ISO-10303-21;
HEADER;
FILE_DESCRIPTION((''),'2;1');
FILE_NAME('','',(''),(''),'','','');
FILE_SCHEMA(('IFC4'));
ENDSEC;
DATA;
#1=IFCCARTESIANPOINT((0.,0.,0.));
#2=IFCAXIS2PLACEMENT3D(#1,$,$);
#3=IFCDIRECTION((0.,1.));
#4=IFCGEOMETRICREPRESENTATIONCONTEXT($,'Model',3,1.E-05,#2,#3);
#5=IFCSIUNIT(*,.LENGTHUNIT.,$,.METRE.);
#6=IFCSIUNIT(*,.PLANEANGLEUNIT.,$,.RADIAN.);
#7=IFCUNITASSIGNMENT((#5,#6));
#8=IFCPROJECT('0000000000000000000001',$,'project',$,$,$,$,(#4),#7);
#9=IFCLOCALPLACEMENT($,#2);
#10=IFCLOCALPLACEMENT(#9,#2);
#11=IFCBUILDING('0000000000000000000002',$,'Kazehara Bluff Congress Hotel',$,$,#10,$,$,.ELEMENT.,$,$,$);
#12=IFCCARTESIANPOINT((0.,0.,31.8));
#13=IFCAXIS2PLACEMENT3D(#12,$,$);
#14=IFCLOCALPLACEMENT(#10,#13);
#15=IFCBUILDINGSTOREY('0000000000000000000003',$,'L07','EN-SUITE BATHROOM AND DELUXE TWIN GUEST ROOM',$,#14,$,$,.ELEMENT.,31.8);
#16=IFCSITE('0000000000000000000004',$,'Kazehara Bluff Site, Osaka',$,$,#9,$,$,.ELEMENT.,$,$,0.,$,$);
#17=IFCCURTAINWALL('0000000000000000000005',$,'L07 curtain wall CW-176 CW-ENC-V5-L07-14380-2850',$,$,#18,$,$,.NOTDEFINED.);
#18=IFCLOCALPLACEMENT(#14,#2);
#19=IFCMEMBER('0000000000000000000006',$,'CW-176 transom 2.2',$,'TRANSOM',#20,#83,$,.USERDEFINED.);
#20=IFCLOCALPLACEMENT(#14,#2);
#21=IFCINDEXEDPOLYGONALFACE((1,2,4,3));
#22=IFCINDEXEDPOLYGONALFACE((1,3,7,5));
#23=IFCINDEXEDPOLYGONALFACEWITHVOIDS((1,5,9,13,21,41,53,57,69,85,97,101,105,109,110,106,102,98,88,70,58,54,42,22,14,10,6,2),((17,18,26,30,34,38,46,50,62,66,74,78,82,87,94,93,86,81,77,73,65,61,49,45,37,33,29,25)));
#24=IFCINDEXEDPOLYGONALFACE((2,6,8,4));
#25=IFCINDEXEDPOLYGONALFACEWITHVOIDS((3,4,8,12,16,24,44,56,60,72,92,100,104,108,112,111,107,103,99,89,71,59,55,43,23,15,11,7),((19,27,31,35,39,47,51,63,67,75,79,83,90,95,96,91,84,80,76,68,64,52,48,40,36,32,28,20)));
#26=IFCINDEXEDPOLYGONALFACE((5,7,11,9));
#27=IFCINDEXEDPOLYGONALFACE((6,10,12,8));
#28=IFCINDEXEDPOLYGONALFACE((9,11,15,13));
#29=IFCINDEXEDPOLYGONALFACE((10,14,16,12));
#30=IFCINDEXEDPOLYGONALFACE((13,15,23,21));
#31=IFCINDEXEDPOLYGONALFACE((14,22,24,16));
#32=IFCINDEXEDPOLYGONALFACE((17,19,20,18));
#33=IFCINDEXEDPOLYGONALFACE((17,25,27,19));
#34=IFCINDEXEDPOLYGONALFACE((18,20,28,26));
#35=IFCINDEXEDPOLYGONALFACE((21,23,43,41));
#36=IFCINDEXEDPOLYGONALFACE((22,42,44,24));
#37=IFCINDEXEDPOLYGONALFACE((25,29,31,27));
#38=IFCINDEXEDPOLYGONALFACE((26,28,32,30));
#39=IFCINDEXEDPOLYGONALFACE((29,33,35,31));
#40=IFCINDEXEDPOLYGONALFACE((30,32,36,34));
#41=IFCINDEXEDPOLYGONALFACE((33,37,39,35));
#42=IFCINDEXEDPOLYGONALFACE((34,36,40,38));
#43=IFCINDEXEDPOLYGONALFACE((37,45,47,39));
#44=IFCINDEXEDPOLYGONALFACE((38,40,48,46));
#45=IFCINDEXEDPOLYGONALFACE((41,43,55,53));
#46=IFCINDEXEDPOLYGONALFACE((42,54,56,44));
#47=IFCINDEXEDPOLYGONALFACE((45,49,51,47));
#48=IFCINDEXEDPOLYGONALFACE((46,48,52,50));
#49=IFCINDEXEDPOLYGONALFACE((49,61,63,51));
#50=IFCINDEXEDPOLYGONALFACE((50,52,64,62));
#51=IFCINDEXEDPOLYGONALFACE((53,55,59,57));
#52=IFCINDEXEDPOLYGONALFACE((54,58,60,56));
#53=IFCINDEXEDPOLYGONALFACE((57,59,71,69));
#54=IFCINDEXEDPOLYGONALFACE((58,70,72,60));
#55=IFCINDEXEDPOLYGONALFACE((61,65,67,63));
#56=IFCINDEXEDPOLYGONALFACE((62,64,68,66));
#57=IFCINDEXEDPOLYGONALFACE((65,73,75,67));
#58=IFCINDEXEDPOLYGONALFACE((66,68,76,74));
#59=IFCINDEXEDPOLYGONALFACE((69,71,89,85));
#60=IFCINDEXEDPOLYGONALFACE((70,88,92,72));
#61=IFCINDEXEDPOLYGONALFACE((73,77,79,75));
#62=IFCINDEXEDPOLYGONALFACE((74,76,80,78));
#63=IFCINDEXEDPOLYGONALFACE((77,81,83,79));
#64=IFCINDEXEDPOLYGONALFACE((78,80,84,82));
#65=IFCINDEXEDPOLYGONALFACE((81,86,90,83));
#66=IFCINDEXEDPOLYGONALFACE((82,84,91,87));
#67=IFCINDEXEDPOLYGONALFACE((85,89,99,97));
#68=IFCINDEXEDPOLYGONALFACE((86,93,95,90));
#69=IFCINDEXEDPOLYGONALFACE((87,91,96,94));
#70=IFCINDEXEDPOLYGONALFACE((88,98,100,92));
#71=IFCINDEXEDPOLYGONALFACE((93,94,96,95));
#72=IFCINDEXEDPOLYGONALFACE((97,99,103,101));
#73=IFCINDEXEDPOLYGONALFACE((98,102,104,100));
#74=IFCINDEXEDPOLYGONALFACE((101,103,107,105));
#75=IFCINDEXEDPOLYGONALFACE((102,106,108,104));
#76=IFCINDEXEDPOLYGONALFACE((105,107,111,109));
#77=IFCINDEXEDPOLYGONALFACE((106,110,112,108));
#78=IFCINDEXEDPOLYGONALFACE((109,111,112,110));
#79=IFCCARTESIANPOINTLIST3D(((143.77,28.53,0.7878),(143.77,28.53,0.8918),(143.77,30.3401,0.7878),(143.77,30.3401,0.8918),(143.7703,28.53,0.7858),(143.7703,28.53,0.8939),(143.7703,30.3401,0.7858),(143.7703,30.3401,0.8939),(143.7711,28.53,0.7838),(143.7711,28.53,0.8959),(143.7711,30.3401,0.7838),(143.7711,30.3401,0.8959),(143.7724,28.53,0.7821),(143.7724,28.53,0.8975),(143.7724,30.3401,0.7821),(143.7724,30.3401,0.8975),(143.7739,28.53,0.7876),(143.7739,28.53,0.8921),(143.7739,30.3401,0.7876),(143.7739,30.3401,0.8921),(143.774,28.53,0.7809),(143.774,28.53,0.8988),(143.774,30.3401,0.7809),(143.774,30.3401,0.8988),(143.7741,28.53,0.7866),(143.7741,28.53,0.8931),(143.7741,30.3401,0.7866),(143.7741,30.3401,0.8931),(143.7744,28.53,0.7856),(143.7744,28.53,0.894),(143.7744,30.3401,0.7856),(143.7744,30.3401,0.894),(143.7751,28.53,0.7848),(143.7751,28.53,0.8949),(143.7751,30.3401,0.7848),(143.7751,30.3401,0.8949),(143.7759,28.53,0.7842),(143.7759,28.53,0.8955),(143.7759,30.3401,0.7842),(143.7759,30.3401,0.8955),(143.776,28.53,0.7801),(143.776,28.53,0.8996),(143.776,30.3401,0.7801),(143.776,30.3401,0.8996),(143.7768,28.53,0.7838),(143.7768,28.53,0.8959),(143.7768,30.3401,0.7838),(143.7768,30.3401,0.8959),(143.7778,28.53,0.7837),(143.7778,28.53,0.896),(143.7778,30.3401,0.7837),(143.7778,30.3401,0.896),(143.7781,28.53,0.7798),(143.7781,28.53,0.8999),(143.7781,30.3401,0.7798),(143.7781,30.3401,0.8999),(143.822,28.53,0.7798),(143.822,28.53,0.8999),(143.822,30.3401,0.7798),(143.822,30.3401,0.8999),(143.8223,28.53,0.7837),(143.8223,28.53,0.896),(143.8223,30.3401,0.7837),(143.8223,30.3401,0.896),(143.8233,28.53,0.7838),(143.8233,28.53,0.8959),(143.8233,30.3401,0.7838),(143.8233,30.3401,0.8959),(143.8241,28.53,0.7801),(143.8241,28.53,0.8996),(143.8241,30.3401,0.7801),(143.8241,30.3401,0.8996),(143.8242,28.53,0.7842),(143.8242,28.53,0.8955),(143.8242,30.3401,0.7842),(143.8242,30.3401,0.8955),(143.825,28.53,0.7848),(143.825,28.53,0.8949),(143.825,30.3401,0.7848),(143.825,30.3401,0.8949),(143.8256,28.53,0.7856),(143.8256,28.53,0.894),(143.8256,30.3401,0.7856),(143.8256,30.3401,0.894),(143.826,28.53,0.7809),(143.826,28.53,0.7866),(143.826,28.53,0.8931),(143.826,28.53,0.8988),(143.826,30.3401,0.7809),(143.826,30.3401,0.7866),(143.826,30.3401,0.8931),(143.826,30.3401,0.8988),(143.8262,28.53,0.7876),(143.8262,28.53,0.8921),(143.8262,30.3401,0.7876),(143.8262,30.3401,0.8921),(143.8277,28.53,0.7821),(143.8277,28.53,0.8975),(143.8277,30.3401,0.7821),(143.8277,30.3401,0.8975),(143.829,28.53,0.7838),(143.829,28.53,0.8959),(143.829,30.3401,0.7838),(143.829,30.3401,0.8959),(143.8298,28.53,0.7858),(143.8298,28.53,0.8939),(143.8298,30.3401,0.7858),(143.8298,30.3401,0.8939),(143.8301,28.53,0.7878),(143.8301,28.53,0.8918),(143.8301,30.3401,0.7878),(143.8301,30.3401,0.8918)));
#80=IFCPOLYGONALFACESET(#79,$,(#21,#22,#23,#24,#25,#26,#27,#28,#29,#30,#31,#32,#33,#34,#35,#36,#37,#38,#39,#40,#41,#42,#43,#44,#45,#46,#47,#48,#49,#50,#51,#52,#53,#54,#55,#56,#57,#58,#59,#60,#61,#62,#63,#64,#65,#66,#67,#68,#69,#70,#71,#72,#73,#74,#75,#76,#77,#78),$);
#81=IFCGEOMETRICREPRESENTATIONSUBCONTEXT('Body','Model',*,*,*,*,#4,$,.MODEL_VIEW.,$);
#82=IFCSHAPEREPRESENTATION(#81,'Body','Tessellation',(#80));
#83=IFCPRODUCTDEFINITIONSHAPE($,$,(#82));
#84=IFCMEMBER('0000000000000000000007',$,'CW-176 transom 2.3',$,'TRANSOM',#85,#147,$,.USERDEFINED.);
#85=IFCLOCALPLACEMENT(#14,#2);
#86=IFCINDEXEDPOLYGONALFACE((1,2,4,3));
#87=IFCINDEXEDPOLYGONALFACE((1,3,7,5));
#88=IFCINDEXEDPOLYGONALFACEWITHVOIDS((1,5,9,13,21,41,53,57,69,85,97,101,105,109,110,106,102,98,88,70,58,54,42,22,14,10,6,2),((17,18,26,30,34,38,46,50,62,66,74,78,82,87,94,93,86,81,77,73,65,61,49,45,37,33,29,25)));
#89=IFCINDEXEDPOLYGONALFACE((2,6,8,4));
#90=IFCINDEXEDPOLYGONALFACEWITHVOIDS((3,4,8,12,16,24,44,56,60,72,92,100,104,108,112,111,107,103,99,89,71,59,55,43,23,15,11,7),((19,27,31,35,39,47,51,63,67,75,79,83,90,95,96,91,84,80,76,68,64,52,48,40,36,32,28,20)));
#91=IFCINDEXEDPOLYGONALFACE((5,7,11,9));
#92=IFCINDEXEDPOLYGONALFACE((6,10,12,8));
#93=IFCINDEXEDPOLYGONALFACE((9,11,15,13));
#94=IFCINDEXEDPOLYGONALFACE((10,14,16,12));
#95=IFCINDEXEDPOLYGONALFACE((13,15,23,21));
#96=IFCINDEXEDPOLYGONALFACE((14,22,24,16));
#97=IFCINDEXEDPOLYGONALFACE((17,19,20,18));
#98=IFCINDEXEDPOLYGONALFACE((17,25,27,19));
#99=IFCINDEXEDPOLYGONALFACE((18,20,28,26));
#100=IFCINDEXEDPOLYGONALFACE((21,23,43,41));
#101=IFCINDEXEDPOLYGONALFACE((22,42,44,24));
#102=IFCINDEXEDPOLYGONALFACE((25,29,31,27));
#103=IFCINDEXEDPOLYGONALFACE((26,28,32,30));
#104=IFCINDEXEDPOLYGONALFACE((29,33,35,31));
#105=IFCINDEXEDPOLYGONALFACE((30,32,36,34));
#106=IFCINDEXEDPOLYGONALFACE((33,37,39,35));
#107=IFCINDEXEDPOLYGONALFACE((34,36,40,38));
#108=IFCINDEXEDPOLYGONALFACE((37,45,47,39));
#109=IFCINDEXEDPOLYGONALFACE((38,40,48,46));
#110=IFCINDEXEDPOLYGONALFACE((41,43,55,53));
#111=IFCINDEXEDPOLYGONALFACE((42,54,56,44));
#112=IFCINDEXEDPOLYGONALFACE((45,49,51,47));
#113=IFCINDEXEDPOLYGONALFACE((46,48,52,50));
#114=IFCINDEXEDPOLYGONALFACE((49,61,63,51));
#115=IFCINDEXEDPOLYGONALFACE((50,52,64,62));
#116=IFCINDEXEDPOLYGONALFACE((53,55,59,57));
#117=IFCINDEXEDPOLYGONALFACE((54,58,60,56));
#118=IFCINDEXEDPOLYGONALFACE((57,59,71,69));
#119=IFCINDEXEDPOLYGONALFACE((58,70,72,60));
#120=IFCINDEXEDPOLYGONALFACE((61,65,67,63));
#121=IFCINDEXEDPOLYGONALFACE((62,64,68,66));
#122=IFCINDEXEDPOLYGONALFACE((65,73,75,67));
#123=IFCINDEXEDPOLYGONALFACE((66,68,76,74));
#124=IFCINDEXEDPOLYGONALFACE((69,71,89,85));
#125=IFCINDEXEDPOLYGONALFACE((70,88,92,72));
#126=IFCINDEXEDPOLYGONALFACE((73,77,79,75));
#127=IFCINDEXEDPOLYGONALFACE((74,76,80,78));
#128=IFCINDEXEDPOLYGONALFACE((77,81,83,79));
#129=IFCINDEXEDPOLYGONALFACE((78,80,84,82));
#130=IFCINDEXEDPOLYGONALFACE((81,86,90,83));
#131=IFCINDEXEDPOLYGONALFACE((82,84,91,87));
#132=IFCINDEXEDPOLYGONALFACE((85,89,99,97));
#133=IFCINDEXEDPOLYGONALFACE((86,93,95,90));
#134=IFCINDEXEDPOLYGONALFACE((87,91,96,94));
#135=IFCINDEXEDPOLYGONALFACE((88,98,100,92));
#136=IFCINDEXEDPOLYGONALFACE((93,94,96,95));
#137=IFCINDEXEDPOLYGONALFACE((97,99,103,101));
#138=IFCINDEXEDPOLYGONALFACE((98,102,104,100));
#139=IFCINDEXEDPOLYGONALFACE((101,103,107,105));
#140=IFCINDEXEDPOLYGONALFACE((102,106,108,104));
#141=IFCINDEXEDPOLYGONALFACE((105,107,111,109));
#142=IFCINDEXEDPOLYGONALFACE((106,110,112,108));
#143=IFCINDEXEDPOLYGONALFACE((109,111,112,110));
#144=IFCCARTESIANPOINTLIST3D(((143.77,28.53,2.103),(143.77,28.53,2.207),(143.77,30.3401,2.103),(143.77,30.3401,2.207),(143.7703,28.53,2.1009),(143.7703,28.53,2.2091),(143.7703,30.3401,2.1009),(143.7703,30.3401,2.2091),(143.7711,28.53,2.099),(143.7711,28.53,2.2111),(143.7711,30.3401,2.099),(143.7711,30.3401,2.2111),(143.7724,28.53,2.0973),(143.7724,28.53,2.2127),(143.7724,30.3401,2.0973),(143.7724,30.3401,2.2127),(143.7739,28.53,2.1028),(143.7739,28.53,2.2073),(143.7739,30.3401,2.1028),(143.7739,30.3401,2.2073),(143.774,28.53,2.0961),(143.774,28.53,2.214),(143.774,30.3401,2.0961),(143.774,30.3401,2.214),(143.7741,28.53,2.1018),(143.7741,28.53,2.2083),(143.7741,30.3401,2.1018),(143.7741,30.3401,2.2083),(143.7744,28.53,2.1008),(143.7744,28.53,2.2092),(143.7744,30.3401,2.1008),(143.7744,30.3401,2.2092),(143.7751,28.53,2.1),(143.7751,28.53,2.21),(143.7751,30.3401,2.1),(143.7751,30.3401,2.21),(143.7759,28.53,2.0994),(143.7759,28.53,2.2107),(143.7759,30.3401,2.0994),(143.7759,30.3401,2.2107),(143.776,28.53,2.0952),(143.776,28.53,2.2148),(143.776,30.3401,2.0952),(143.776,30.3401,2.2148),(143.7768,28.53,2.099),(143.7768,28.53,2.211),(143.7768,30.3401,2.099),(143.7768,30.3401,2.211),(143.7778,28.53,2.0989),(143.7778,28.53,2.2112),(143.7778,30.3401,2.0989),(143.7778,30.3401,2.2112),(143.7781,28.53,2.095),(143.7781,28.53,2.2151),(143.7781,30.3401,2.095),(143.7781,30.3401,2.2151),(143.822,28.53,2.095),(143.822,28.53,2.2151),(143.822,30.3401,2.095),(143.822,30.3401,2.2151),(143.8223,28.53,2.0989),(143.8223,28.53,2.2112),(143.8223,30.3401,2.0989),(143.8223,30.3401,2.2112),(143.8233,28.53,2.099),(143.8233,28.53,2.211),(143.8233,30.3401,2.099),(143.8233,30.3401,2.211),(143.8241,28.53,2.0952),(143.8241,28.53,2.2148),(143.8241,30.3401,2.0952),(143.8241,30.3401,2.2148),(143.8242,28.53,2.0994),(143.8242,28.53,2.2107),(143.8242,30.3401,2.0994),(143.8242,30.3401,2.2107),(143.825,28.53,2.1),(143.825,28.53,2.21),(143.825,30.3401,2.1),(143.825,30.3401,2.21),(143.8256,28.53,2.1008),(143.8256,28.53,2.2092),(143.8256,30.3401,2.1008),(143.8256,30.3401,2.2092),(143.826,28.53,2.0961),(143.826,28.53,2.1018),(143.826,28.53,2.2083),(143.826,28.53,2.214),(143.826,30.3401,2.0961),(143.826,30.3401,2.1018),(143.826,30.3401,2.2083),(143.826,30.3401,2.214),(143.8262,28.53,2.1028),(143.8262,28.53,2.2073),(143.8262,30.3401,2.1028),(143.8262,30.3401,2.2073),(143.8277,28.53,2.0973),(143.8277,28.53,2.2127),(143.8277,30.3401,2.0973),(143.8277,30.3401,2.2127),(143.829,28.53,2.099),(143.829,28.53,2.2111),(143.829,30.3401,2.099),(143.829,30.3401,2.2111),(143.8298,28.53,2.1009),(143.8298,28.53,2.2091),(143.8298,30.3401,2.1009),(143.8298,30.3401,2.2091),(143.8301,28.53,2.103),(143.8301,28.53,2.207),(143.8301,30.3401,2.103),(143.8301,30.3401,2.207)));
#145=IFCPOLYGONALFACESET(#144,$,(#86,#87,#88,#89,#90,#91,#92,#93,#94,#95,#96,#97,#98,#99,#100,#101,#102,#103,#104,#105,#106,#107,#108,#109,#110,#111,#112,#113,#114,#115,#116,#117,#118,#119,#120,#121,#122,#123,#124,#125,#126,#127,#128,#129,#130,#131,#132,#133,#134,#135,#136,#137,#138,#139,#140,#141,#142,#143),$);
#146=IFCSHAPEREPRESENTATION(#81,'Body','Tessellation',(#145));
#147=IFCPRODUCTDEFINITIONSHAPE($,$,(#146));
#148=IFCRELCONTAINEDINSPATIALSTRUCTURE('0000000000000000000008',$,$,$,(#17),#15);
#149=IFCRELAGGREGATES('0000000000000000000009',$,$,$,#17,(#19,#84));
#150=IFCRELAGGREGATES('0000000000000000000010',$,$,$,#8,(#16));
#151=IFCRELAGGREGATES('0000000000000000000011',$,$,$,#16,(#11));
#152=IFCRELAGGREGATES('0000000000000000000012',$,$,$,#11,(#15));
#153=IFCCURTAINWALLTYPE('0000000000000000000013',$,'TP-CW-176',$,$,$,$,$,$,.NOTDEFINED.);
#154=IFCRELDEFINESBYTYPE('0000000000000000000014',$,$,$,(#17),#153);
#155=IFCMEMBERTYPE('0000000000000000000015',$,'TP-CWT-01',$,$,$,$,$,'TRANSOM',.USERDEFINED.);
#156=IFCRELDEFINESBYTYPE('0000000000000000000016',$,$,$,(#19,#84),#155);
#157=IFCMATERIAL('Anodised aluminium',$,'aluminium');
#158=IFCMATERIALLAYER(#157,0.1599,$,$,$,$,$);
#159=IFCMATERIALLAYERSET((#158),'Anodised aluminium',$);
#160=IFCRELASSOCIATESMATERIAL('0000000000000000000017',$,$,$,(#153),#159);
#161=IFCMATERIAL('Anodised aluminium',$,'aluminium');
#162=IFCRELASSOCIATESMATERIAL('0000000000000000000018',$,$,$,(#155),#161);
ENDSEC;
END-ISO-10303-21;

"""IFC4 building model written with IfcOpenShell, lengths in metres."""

from ifc_helpers import new_model, si_unit, direction, frame, origin, origin_2d, place, context, subcontext, project, spatial, hollow_rectangle, extrude, material, layer, layer_set, material_profile, profile_set, type_object, element, aggregate, save


model = new_model("IFC4")

# Units and contexts
model_context = context("Model", 3, precision=1e-05, world=origin(), true_north=direction((0.0, 1.0)))
body_context = subcontext(model_context, "Body", "Model", "MODEL_VIEW")
ifc_project = project(units=[si_unit("LENGTHUNIT", "METRE"), si_unit("PLANEANGLEUNIT", "RADIAN")], contexts=[model_context])

# Site, building, storey
site_placement = place(None, origin())
site = spatial("IfcSite", under=ifc_project, at=site_placement, Name="Kazehara Bluff Site, Osaka", CompositionType="ELEMENT", RefElevation=0.0)
building_placement = place(site_placement, origin())
building = spatial("IfcBuilding", under=site, at=building_placement, Name="Kazehara Bluff Congress Hotel", CompositionType="ELEMENT")
storey_placement = place(building_placement, frame((0.0, 0.0, 31.8)))
storey = spatial("IfcBuildingStorey", under=building, at=storey_placement, Name="L07", Description="EN-SUITE BATHROOM AND DELUXE TWIN GUEST ROOM", CompositionType="ELEMENT", Elevation=31.8)

# Curtain wall
ifc_material_1 = material(Name="Anodised aluminium", Category="aluminium")
ifc_layer_1 = layer(ifc_material_1, 0.1599)
ifc_layer_set_1 = layer_set([ifc_layer_1], Name="Anodised aluminium")
curtain_wall_type_1 = type_object("IfcCurtainWallType", Name="TP-CW-176", PredefinedType="NOTDEFINED", material=ifc_layer_set_1)
curtain_wall_1_placement = place(storey_placement, origin())
curtain_wall_1 = element("IfcCurtainWall", 1, at=curtain_wall_1_placement, inside=storey, type_object=curtain_wall_type_1, Name="L07 curtain wall CW-176 CW-ENC-V5-L07-14380-2850", PredefinedType="NOTDEFINED")

# Members
ifc_material_2 = material(Name="Anodised aluminium", Category="aluminium")
ifc_material_profile_1 = material_profile(ifc_material_2, hollow_rectangle(XDim=0.0601, YDim=0.1201, WallThickness=0.0039, InnerFilletRadius=0.0039, OuterFilletRadius=0.0081, at=origin_2d()))
ifc_profile_set_1 = profile_set([ifc_material_profile_1], Name="Anodised aluminium")
member_type_1 = type_object("IfcMemberType", Name="TP-CWT-01", ElementType="TRANSOM", PredefinedType="USERDEFINED", material=ifc_profile_set_1)
member_1_placement = place(storey_placement, frame((143.8, 28.53, 0.8398), z_axis=(0.0, 1.0, 0.0), x_axis=(-1.0, 0.0, 0.0)))
member_1 = element("IfcMember", 2, at=member_1_placement, type_object=member_type_1, Name="CW-176 transom 2.2", ObjectType="TRANSOM", PredefinedType="USERDEFINED", context=body_context, shape_type="SweptSolid", body=[
    extrude(hollow_rectangle(XDim=0.0601, YDim=0.1201, WallThickness=0.0039, InnerFilletRadius=0.0039, OuterFilletRadius=0.0081, at=origin_2d()), origin(), (0.0, 0.0, 1.0), 1.8101),
])
member_2_placement = place(storey_placement, frame((143.8, 28.53, 2.155), z_axis=(0.0, 1.0, 0.0), x_axis=(-1.0, 0.0, 0.0)))
member_2 = element("IfcMember", 3, at=member_2_placement, type_object=member_type_1, Name="CW-176 transom 2.3", ObjectType="TRANSOM", PredefinedType="USERDEFINED", context=body_context, shape_type="SweptSolid", body=[
    extrude(hollow_rectangle(XDim=0.0601, YDim=0.1201, WallThickness=0.0039, InnerFilletRadius=0.0039, OuterFilletRadius=0.0081, at=origin_2d()), origin(), (0.0, 0.0, 1.0), 1.8101),
])

aggregate(curtain_wall_1, [member_1, member_2])

save(model, "model.ifc")
